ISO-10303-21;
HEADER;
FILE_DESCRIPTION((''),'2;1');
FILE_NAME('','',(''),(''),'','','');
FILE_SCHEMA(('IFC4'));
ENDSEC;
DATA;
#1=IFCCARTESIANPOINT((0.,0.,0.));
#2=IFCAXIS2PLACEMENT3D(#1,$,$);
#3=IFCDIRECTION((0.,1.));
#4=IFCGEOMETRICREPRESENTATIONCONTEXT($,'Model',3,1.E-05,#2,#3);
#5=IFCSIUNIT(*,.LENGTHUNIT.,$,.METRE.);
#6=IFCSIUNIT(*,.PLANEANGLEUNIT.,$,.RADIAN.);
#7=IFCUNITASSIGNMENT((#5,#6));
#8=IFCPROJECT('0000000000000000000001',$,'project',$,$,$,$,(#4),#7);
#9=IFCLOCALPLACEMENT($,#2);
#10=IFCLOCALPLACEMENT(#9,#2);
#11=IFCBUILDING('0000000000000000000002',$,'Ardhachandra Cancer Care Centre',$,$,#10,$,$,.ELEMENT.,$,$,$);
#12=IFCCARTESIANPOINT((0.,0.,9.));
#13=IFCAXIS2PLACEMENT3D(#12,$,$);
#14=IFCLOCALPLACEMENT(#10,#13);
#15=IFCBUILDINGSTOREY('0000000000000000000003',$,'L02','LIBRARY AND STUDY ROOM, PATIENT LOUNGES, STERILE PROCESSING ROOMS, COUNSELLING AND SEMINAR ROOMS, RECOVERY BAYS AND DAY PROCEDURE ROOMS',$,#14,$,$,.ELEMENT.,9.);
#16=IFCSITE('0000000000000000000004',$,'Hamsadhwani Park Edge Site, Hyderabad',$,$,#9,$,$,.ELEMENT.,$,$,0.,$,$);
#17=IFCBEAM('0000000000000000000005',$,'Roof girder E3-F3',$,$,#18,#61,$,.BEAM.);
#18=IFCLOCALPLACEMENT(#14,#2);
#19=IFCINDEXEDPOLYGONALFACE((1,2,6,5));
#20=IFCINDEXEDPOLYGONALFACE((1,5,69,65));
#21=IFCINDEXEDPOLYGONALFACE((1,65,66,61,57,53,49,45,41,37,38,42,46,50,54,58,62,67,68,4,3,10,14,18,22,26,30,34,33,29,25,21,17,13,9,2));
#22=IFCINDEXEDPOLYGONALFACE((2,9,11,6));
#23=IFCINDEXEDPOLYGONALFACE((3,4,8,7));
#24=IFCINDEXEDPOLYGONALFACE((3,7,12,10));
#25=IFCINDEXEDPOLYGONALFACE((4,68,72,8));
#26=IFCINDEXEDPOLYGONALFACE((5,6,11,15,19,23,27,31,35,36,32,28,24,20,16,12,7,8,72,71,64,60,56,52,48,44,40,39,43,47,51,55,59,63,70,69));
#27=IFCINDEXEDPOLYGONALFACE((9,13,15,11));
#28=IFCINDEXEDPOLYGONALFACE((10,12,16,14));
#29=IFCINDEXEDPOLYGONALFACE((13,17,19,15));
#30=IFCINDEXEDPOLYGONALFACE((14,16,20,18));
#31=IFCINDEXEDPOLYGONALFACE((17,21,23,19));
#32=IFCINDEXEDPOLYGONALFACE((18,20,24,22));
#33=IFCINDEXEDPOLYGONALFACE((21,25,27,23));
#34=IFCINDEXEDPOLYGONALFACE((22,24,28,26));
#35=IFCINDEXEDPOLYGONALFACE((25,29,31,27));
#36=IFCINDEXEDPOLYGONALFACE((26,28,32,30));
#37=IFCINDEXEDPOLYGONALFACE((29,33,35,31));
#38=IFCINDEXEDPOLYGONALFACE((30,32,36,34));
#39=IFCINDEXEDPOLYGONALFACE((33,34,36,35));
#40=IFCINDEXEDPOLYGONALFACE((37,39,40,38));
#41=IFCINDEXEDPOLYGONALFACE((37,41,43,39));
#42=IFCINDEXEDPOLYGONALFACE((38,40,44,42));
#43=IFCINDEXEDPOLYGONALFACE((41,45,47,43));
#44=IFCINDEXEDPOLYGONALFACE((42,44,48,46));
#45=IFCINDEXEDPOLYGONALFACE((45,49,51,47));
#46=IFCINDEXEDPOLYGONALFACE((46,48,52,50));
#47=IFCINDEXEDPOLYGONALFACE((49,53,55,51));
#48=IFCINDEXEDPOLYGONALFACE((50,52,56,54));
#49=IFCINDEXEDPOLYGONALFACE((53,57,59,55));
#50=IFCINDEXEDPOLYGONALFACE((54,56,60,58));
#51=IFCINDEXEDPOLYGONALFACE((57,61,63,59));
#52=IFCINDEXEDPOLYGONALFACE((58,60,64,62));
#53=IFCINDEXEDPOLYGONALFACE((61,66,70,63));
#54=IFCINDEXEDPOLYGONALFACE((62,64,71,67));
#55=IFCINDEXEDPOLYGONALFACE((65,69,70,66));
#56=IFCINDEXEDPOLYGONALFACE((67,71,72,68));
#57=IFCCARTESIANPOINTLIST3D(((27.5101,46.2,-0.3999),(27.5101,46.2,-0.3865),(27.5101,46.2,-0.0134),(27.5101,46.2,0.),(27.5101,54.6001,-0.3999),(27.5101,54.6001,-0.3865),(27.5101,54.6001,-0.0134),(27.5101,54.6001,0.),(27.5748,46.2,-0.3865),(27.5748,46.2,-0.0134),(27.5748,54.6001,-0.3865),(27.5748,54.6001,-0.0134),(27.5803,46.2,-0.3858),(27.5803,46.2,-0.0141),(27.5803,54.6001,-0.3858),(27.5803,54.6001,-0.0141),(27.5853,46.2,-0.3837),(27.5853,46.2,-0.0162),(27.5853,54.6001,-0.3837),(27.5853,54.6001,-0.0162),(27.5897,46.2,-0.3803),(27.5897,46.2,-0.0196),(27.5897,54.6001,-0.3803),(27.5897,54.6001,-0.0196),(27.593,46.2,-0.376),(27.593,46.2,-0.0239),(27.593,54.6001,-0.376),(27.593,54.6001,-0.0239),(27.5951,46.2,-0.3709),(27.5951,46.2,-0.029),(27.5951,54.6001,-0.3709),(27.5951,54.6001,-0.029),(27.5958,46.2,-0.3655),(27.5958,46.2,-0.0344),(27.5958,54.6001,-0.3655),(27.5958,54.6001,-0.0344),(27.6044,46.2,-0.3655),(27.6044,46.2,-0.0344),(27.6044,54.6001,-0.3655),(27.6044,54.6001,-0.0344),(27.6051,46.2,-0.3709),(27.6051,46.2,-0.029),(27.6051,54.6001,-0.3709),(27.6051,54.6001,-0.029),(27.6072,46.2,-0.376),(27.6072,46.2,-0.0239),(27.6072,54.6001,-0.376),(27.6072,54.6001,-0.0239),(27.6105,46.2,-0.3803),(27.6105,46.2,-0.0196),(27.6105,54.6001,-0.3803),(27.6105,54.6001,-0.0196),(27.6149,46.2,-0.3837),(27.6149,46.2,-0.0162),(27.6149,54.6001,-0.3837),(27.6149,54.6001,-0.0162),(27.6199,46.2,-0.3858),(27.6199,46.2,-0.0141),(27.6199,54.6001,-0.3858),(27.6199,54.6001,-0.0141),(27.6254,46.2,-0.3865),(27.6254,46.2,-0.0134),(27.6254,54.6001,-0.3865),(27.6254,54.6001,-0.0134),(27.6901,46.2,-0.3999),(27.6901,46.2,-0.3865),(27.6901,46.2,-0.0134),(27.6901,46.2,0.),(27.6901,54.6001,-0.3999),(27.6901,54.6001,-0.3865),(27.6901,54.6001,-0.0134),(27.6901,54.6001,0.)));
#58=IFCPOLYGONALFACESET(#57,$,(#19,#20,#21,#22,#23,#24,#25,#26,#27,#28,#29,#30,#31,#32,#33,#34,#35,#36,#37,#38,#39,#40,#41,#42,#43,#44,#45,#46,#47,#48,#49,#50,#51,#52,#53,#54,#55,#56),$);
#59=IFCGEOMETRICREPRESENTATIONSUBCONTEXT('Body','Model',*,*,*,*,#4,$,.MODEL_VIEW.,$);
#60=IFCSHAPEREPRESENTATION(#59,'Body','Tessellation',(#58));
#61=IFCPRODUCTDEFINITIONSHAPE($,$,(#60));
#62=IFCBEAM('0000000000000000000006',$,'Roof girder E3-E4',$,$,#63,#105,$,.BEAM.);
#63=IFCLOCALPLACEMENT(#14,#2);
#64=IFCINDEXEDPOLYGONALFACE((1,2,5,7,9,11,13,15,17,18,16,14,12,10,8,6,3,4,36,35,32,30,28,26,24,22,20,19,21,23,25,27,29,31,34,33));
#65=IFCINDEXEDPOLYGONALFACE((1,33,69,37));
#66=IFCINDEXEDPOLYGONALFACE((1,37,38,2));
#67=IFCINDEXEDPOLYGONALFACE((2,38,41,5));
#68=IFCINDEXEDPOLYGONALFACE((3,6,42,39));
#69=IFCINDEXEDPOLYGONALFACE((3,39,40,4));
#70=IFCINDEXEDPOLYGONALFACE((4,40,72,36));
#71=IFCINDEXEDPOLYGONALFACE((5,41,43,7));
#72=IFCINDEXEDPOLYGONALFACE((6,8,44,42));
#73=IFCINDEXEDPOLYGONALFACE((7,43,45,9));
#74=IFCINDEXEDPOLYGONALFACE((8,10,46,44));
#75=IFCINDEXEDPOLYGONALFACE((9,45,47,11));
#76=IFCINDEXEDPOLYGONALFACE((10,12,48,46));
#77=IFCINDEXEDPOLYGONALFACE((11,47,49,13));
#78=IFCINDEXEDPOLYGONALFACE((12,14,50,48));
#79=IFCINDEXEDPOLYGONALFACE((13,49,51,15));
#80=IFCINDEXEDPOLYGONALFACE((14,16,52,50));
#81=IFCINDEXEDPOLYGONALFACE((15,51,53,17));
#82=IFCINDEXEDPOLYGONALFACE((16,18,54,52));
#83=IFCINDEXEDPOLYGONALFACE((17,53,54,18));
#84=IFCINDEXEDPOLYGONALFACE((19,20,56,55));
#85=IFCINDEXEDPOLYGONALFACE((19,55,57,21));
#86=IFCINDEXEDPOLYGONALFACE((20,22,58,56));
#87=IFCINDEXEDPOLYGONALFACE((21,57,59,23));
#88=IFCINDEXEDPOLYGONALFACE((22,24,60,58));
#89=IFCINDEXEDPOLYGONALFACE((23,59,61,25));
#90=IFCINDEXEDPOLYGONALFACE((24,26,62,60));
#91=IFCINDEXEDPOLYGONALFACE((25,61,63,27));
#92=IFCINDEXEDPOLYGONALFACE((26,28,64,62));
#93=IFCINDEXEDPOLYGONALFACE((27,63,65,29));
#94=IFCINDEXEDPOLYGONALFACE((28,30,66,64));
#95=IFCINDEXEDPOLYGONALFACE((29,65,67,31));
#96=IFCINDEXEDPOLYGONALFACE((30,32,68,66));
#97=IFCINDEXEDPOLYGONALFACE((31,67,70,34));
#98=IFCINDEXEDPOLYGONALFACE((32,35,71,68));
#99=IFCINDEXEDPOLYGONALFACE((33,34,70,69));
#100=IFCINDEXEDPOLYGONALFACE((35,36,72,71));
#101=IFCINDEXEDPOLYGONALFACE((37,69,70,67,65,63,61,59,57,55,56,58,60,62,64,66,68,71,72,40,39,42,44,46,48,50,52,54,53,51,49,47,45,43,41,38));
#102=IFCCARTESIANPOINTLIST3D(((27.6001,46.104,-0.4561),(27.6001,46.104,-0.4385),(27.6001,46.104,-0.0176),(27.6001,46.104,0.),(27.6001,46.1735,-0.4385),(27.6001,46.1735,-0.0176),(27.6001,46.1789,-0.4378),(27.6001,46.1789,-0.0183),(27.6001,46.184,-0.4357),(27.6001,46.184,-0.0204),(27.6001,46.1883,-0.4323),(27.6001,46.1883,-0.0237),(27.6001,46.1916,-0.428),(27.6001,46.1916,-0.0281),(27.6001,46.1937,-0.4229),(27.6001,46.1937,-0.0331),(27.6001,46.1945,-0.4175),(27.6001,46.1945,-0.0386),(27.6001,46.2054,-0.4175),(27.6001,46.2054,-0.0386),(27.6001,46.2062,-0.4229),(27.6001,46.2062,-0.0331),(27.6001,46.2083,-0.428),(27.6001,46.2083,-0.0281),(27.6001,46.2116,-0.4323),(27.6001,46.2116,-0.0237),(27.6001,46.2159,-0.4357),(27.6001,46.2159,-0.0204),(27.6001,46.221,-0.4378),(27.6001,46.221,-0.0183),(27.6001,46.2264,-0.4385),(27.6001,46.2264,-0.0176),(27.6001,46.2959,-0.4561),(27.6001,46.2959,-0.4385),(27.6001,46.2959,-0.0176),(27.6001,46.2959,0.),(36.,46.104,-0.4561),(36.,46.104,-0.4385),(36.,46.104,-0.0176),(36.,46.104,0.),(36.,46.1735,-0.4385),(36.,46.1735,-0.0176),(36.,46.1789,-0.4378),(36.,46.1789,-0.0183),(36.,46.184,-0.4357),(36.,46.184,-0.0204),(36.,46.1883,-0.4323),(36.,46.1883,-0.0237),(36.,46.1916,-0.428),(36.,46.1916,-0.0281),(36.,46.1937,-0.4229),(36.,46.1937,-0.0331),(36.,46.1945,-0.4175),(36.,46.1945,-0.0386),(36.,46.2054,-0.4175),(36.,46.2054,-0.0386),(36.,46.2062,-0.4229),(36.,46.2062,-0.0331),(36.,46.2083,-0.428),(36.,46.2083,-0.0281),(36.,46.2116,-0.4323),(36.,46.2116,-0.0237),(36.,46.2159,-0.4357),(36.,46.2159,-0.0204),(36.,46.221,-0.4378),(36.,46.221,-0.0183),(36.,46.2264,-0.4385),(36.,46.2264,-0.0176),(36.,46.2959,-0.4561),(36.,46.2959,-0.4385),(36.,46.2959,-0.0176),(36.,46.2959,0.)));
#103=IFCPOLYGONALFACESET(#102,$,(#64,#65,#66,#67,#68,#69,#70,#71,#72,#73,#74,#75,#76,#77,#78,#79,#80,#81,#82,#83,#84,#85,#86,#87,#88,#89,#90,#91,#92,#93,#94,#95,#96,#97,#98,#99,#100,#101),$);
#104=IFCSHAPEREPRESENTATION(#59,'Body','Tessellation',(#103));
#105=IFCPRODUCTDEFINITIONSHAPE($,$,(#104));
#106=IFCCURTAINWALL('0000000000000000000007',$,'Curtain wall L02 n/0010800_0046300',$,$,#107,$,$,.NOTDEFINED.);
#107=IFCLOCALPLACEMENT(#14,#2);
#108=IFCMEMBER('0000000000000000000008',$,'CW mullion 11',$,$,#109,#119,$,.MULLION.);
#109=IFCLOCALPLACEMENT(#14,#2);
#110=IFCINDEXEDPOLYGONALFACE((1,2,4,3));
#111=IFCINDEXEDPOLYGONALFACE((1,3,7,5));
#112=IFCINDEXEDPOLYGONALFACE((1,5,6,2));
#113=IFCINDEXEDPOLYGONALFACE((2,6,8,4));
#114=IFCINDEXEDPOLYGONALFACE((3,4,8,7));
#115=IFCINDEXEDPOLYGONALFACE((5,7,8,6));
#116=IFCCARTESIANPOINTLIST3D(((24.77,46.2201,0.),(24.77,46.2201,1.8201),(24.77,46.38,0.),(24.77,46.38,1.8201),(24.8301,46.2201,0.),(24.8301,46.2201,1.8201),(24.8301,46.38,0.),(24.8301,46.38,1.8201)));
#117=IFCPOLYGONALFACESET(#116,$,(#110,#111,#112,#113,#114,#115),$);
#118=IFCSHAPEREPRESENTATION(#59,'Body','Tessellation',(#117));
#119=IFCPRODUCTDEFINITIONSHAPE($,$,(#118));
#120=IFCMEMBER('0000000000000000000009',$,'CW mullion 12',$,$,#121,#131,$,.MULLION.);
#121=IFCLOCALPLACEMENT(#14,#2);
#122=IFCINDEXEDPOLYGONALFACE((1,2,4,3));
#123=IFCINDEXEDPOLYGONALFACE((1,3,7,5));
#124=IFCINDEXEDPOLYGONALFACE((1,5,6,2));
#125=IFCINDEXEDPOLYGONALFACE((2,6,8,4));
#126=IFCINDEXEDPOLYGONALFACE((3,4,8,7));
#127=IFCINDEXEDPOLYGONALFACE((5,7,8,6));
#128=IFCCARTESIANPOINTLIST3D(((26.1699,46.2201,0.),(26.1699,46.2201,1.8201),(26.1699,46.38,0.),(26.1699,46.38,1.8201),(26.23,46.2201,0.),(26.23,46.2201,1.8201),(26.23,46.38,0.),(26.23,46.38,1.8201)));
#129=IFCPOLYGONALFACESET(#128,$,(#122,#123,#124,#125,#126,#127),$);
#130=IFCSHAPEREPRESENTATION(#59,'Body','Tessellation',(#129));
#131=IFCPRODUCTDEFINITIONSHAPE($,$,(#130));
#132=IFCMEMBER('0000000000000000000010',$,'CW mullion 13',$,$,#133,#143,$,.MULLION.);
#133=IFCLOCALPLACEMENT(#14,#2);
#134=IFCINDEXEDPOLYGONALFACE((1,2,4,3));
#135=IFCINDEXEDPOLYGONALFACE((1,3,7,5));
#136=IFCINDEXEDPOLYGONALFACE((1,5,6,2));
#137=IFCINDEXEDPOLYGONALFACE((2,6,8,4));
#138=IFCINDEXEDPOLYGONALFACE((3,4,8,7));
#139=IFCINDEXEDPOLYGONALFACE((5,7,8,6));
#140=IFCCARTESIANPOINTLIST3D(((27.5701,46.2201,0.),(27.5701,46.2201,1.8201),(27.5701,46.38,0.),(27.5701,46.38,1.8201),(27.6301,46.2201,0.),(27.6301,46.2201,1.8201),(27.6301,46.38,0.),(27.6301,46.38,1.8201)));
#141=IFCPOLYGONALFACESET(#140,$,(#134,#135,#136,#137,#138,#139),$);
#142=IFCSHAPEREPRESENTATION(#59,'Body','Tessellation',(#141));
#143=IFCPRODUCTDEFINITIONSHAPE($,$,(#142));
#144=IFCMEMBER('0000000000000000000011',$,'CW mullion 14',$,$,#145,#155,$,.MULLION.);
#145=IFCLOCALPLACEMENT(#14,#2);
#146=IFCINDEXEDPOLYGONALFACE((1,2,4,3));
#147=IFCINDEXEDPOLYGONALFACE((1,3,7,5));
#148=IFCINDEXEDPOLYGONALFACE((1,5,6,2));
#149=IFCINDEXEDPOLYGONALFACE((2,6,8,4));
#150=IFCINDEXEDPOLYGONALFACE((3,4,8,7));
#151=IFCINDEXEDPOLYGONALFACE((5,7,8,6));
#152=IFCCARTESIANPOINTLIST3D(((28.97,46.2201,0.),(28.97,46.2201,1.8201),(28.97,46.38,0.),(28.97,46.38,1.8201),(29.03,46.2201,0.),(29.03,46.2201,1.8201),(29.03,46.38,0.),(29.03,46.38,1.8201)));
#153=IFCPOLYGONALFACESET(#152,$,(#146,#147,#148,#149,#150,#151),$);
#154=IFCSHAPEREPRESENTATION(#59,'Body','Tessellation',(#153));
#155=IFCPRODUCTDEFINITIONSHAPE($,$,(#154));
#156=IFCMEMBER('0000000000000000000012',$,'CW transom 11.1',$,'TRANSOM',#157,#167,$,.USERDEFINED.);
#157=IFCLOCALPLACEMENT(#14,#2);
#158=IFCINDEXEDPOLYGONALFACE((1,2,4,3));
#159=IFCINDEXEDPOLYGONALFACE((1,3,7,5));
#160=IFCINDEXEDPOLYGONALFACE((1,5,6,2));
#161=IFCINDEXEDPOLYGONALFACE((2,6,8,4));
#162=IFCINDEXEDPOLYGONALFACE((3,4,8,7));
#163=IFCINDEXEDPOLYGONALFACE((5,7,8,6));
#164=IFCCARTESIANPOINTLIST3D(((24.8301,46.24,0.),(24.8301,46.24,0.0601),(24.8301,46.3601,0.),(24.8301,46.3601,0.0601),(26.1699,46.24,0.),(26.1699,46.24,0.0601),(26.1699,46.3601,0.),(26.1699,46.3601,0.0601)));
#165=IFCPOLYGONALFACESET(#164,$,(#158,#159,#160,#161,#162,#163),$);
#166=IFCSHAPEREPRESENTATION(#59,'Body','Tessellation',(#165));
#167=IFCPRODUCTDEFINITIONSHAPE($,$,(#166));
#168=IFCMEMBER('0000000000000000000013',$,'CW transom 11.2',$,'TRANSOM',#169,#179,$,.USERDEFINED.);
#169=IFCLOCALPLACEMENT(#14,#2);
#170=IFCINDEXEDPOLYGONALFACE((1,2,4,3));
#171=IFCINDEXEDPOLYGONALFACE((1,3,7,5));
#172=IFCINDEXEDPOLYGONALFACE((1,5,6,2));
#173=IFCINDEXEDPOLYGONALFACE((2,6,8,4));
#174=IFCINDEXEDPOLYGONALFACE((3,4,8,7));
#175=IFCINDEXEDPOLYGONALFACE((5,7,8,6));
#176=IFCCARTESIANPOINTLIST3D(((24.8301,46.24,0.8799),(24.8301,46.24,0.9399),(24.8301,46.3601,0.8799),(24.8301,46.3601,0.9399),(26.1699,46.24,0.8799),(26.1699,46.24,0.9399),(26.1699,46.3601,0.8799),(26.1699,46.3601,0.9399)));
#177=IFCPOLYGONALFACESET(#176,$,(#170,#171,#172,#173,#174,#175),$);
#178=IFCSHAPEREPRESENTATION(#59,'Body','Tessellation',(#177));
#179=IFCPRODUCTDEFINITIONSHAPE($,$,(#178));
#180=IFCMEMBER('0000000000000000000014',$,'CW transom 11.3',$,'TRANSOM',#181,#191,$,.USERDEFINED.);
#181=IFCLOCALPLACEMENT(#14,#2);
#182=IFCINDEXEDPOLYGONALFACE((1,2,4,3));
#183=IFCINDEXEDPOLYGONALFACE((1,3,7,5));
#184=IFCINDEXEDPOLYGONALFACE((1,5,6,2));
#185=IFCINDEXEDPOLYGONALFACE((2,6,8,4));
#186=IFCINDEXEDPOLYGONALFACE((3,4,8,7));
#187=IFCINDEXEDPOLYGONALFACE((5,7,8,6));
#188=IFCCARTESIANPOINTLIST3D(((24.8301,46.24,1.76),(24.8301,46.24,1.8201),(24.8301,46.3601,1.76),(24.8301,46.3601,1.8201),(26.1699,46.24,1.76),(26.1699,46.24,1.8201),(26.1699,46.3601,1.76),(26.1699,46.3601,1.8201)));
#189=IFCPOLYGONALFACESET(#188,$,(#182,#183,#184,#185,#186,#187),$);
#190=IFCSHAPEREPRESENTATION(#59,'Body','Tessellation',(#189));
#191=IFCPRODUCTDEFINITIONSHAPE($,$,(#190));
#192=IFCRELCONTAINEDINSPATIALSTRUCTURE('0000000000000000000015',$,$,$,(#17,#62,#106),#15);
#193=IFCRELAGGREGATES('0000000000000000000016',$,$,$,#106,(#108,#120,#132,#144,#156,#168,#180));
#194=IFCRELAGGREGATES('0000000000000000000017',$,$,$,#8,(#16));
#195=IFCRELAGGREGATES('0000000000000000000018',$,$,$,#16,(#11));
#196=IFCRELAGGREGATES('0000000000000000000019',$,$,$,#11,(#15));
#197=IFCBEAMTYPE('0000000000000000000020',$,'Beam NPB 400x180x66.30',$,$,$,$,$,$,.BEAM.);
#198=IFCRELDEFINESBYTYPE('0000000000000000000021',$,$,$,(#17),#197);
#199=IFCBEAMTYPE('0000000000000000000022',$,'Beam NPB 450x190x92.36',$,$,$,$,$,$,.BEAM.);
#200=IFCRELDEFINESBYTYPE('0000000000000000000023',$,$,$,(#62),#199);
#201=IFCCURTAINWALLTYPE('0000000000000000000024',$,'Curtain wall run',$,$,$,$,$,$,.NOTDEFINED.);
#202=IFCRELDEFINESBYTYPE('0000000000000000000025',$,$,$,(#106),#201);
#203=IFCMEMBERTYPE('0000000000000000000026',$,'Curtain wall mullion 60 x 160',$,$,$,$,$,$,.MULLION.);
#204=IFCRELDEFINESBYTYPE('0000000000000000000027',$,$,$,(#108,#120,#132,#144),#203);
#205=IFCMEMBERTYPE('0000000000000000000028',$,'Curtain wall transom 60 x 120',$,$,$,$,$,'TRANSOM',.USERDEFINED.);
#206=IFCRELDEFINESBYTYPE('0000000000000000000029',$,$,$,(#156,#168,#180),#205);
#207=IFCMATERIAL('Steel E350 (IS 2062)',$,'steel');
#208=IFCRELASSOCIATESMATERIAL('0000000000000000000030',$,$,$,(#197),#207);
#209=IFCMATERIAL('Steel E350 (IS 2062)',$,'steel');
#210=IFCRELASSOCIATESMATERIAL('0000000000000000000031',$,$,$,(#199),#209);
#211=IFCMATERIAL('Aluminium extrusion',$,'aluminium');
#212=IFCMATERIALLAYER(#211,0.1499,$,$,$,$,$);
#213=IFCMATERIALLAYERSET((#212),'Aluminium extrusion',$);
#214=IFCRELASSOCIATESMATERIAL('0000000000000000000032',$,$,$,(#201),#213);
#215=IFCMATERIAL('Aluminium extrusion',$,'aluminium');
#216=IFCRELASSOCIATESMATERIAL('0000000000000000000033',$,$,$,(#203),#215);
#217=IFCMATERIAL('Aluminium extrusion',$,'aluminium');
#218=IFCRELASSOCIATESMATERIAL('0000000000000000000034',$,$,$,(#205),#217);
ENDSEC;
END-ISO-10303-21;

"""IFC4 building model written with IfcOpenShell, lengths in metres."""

from ifc_helpers import new_model, si_unit, direction, frame, origin, origin_2d, place, context, subcontext, project, spatial, rectangle, i_section, extrude, material, layer, layer_set, material_profile, profile_set, type_object, element, aggregate, save


model = new_model("IFC4")

# Units and contexts
model_context = context("Model", 3, precision=1e-05, world=origin(), true_north=direction((0.0, 1.0)))
body_context = subcontext(model_context, "Body", "Model", "MODEL_VIEW")
ifc_project = project(units=[si_unit("LENGTHUNIT", "METRE"), si_unit("PLANEANGLEUNIT", "RADIAN")], contexts=[model_context])

# Site, building, storey
site_placement = place(None, origin())
site = spatial("IfcSite", under=ifc_project, at=site_placement, Name="Hamsadhwani Park Edge Site, Hyderabad", CompositionType="ELEMENT", RefElevation=0.0)
building_placement = place(site_placement, origin())
building = spatial("IfcBuilding", under=site, at=building_placement, Name="Ardhachandra Cancer Care Centre", CompositionType="ELEMENT")
storey_placement = place(building_placement, frame((0.0, 0.0, 9.0)))
storey = spatial("IfcBuildingStorey", under=building, at=storey_placement, Name="L02", Description="LIBRARY AND STUDY ROOM, PATIENT LOUNGES, STERILE PROCESSING ROOMS, COUNSELLING AND SEMINAR ROOMS, RECOVERY BAYS AND DAY PROCEDURE ROOMS", CompositionType="ELEMENT", Elevation=9.0)

# Beams
ifc_material_1 = material(Name="Steel E350 (IS 2062)", Category="steel")
ifc_material_profile_1 = material_profile(ifc_material_1, i_section(OverallWidth=0.1799, OverallDepth=0.3999, WebThickness=0.0085, FlangeThickness=0.0134, FilletRadius=0.021, at=origin_2d()), Name="NPB 400x180x66.30")
ifc_profile_set_1 = profile_set([ifc_material_profile_1], Name="Steel E350 (IS 2062)")
beam_type_1 = type_object("IfcBeamType", Name="Beam NPB 400x180x66.30", PredefinedType="BEAM", material=ifc_profile_set_1)
beam_1_placement = place(storey_placement, frame((27.6001, 46.2, -0.2), z_axis=(0.0, 1.0, 0.0), x_axis=(-1.0, 0.0, 0.0)))
element("IfcBeam", 1, at=beam_1_placement, inside=storey, type_object=beam_type_1, Name="Roof girder E3-F3", PredefinedType="BEAM", context=body_context, shape_type="SweptSolid", body=[
    extrude(i_section(OverallWidth=0.1799, OverallDepth=0.3999, WebThickness=0.0085, FlangeThickness=0.0134, FilletRadius=0.021, at=origin_2d()), origin(), (0.0, 0.0, 1.0), 8.4001),
])
ifc_material_2 = material(Name="Steel E350 (IS 2062)", Category="steel")
ifc_material_profile_2 = material_profile(ifc_material_2, i_section(OverallWidth=0.1919, OverallDepth=0.4561, WebThickness=0.011, FlangeThickness=0.0176, FilletRadius=0.021, at=origin_2d()), Name="NPB 450x190x92.36")
ifc_profile_set_2 = profile_set([ifc_material_profile_2], Name="Steel E350 (IS 2062)")
beam_type_2 = type_object("IfcBeamType", Name="Beam NPB 450x190x92.36", PredefinedType="BEAM", material=ifc_profile_set_2)
beam_2_placement = place(storey_placement, frame((27.6001, 46.2, -0.228), z_axis=(1.0, 0.0, 0.0), x_axis=(0.0, 1.0, 0.0)))
element("IfcBeam", 2, at=beam_2_placement, inside=storey, type_object=beam_type_2, Name="Roof girder E3-E4", PredefinedType="BEAM", context=body_context, shape_type="SweptSolid", body=[
    extrude(i_section(OverallWidth=0.1919, OverallDepth=0.4561, WebThickness=0.011, FlangeThickness=0.0176, FilletRadius=0.021, at=origin_2d()), origin(), (0.0, 0.0, 1.0), 8.3999),
])

# Curtain wall, members
ifc_material_3 = material(Name="Aluminium extrusion", Category="aluminium")
ifc_layer_1 = layer(ifc_material_3, 0.1499)
ifc_layer_set_1 = layer_set([ifc_layer_1], Name="Aluminium extrusion")
curtain_wall_type = type_object("IfcCurtainWallType", Name="Curtain wall run", PredefinedType="NOTDEFINED", material=ifc_layer_set_1)
curtain_wall_placement = place(storey_placement, origin())
curtain_wall = element("IfcCurtainWall", 3, at=curtain_wall_placement, inside=storey, type_object=curtain_wall_type, Name="Curtain wall L02 n/0010800_0046300", PredefinedType="NOTDEFINED")
ifc_material_4 = material(Name="Aluminium extrusion", Category="aluminium")
ifc_material_profile_3 = material_profile(ifc_material_4, rectangle(XDim=0.1599, YDim=0.0601, at=origin_2d()), Name="Curtain wall mullion 60 x 160")
ifc_profile_set_3 = profile_set([ifc_material_profile_3], Name="Aluminium extrusion")
member_type_1 = type_object("IfcMemberType", Name="Curtain wall mullion 60 x 160", PredefinedType="MULLION", material=ifc_profile_set_3)
member_1_placement = place(storey_placement, frame((24.8, 46.3, 0.0), z_axis=(0.0, 0.0, 1.0), x_axis=(0.0, 1.0, 0.0)))
member_1 = element("IfcMember", 4, at=member_1_placement, type_object=member_type_1, Name="CW mullion 11", PredefinedType="MULLION", context=body_context, shape_type="SweptSolid", body=[
    extrude(rectangle(XDim=0.1599, YDim=0.0601, at=origin_2d()), origin(), (0.0, 0.0, 1.0), 1.8201),
])
member_2_placement = place(storey_placement, frame((26.2, 46.3, 0.0), z_axis=(0.0, 0.0, 1.0), x_axis=(0.0, 1.0, 0.0)))
member_2 = element("IfcMember", 5, at=member_2_placement, type_object=member_type_1, Name="CW mullion 12", PredefinedType="MULLION", context=body_context, shape_type="SweptSolid", body=[
    extrude(rectangle(XDim=0.1599, YDim=0.0601, at=origin_2d()), origin(), (0.0, 0.0, 1.0), 1.8201),
])
member_3_placement = place(storey_placement, frame((27.6001, 46.3, 0.0), z_axis=(0.0, 0.0, 1.0), x_axis=(0.0, 1.0, 0.0)))
member_3 = element("IfcMember", 6, at=member_3_placement, type_object=member_type_1, Name="CW mullion 13", PredefinedType="MULLION", context=body_context, shape_type="SweptSolid", body=[
    extrude(rectangle(XDim=0.1599, YDim=0.0601, at=origin_2d()), origin(), (0.0, 0.0, 1.0), 1.8201),
])
member_4_placement = place(storey_placement, frame((29.0, 46.3, 0.0), z_axis=(0.0, 0.0, 1.0), x_axis=(0.0, 1.0, 0.0)))
member_4 = element("IfcMember", 7, at=member_4_placement, type_object=member_type_1, Name="CW mullion 14", PredefinedType="MULLION", context=body_context, shape_type="SweptSolid", body=[
    extrude(rectangle(XDim=0.1599, YDim=0.0601, at=origin_2d()), origin(), (0.0, 0.0, 1.0), 1.8201),
])
ifc_material_5 = material(Name="Aluminium extrusion", Category="aluminium")
ifc_material_profile_4 = material_profile(ifc_material_5, rectangle(XDim=0.1201, YDim=0.0601, at=origin_2d()), Name="Curtain wall transom 60 x 120")
ifc_profile_set_4 = profile_set([ifc_material_profile_4], Name="Aluminium extrusion")
member_type_2 = type_object("IfcMemberType", Name="Curtain wall transom 60 x 120", ElementType="TRANSOM", PredefinedType="USERDEFINED", material=ifc_profile_set_4)
member_5_placement = place(storey_placement, frame((24.8301, 46.3, 0.03), z_axis=(1.0, 0.0, 0.0), x_axis=(0.0, 1.0, 0.0)))
member_5 = element("IfcMember", 8, at=member_5_placement, type_object=member_type_2, Name="CW transom 11.1", ObjectType="TRANSOM", PredefinedType="USERDEFINED", context=body_context, shape_type="SweptSolid", body=[
    extrude(rectangle(XDim=0.1201, YDim=0.0601, at=origin_2d()), origin(), (0.0, 0.0, 1.0), 1.3398),
])
member_6_placement = place(storey_placement, frame((24.8301, 46.3, 0.9099), z_axis=(1.0, 0.0, 0.0), x_axis=(0.0, 1.0, 0.0)))
member_6 = element("IfcMember", 9, at=member_6_placement, type_object=member_type_2, Name="CW transom 11.2", ObjectType="TRANSOM", PredefinedType="USERDEFINED", context=body_context, shape_type="SweptSolid", body=[
    extrude(rectangle(XDim=0.1201, YDim=0.0601, at=origin_2d()), origin(), (0.0, 0.0, 1.0), 1.3398),
])
member_7_placement = place(storey_placement, frame((24.8301, 46.3, 1.79), z_axis=(1.0, 0.0, 0.0), x_axis=(0.0, 1.0, 0.0)))
member_7 = element("IfcMember", 10, at=member_7_placement, type_object=member_type_2, Name="CW transom 11.3", ObjectType="TRANSOM", PredefinedType="USERDEFINED", context=body_context, shape_type="SweptSolid", body=[
    extrude(rectangle(XDim=0.1201, YDim=0.0601, at=origin_2d()), origin(), (0.0, 0.0, 1.0), 1.3398),
])

aggregate(curtain_wall, [member_1, member_2, member_3, member_4, member_5, member_6, member_7])

save(model, "model.ifc")
